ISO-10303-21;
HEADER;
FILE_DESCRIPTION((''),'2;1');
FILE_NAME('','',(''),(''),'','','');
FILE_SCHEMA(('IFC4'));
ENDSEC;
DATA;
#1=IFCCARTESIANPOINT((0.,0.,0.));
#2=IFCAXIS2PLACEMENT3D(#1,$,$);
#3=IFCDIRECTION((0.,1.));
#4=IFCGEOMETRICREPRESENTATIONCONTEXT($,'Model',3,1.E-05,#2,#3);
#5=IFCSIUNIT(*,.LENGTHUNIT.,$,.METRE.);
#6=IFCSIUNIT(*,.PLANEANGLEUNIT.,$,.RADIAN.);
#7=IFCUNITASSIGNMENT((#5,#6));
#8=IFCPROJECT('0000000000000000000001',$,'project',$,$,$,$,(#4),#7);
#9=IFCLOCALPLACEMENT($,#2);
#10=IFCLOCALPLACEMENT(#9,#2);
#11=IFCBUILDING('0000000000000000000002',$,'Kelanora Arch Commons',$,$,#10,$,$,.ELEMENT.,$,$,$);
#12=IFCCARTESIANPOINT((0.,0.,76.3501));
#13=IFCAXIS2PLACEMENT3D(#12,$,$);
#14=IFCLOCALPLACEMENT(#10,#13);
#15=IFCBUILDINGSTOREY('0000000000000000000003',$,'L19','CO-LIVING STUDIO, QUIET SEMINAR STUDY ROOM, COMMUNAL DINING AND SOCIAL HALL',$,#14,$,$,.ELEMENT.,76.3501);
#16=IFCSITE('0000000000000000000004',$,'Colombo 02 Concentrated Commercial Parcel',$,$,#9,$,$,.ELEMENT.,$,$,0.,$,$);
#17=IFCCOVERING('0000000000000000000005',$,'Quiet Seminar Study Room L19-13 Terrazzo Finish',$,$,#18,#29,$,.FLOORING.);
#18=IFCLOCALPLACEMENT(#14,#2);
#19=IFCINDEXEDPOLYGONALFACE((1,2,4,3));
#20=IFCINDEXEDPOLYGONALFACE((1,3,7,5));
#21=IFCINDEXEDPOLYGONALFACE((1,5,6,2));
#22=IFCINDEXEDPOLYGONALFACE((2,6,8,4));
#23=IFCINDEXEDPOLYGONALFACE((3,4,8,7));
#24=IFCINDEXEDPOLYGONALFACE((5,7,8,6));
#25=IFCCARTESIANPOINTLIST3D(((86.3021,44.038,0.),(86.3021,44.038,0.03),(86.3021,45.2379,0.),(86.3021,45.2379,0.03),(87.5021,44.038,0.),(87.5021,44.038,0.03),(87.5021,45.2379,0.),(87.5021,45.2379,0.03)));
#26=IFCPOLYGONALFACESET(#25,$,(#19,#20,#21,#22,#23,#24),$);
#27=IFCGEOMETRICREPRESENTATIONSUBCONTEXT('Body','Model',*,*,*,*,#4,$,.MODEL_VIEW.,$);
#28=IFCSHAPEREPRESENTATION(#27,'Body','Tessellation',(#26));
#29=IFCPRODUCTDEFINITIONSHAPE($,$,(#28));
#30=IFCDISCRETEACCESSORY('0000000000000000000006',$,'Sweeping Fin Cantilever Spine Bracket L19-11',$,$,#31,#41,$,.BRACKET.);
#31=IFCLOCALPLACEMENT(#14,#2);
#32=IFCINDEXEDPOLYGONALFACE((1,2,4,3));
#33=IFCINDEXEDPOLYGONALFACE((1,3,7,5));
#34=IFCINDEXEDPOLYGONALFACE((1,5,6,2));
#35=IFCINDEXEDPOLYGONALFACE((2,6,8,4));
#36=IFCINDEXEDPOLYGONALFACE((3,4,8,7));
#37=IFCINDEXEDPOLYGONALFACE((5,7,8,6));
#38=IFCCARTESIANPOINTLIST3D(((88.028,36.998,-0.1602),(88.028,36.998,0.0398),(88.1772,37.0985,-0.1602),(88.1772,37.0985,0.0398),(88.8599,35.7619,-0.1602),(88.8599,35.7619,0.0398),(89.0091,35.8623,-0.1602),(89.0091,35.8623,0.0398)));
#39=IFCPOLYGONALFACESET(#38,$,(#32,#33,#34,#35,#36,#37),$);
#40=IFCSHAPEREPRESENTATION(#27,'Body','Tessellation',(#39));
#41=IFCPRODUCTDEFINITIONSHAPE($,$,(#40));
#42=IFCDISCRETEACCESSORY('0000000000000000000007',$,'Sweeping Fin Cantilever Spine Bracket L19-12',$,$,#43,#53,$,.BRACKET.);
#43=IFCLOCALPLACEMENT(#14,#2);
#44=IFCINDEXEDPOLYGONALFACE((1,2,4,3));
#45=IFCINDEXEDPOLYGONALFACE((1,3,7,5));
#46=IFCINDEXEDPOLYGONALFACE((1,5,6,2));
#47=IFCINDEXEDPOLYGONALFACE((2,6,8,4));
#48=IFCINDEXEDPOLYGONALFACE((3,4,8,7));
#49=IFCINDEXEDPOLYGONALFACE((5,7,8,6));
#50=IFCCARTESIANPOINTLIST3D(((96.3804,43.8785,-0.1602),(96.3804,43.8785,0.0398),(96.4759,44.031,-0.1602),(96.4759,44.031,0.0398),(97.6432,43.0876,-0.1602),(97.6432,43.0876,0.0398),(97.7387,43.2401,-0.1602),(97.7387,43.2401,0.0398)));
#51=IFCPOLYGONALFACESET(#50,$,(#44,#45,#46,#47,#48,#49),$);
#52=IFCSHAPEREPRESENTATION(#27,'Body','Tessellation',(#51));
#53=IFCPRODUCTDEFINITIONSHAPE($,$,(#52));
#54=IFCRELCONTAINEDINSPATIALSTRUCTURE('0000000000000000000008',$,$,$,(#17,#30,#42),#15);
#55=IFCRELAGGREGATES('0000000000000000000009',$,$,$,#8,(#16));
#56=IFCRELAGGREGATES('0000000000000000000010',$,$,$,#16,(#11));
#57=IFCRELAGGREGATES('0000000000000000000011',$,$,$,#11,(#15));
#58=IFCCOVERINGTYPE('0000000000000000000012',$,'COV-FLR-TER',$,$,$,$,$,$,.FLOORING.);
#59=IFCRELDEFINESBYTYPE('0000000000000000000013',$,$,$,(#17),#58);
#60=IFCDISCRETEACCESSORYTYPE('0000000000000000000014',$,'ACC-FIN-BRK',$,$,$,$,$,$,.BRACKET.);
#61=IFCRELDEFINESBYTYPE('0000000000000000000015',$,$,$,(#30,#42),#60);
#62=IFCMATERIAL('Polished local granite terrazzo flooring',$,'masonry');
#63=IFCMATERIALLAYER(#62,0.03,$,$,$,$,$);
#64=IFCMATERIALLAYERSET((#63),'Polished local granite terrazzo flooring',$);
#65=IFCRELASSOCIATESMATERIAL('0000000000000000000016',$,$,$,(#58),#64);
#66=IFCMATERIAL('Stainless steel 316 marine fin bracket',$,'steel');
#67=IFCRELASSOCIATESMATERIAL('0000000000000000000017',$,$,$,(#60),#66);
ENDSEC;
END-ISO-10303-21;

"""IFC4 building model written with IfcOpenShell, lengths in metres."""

from ifc_helpers import new_model, si_unit, direction, frame, origin, origin_2d, place, context, subcontext, project, spatial, rectangle, extrude, source, transform, mapped, material, layer, layer_set, type_object, element, save


model = new_model("IFC4")

# Units and contexts
model_context = context("Model", 3, precision=1e-05, world=origin(), true_north=direction((0.0, 1.0)))
body_context = subcontext(model_context, "Body", "Model", "MODEL_VIEW")
ifc_project = project(units=[si_unit("LENGTHUNIT", "METRE"), si_unit("PLANEANGLEUNIT", "RADIAN")], contexts=[model_context])

# Site, building, storey
site_placement = place(None, origin())
site = spatial("IfcSite", under=ifc_project, at=site_placement, Name="Colombo 02 Concentrated Commercial Parcel", CompositionType="ELEMENT", RefElevation=0.0)
building_placement = place(site_placement, origin())
building = spatial("IfcBuilding", under=site, at=building_placement, Name="Kelanora Arch Commons", CompositionType="ELEMENT")
storey_placement = place(building_placement, frame((0.0, 0.0, 76.3501)))
storey = spatial("IfcBuildingStorey", under=building, at=storey_placement, Name="L19", Description="CO-LIVING STUDIO, QUIET SEMINAR STUDY ROOM, COMMUNAL DINING AND SOCIAL HALL", CompositionType="ELEMENT", Elevation=76.3501)

# Covering
ifc_material_1 = material(Name="Polished local granite terrazzo flooring", Category="masonry")
ifc_layer_1 = layer(ifc_material_1, 0.03)
ifc_layer_set_1 = layer_set([ifc_layer_1], Name="Polished local granite terrazzo flooring")
covering_type = type_object("IfcCoveringType", Name="COV-FLR-TER", PredefinedType="FLOORING", material=ifc_layer_set_1)
shared_shape_1 = source(origin(), body_context, "Body", "SweptSolid", [
    extrude(rectangle(XDim=1.2, YDim=1.2, at=origin_2d()), origin(), (0.0, 0.0, 1.0), 0.03),
])
covering_placement = place(storey_placement, frame((86.9021, 44.6379, 0.0), z_axis=(0.0, 0.0, 1.0), x_axis=(1.0, 0.0, 0.0)))
element("IfcCovering", 1, at=covering_placement, inside=storey, type_object=covering_type, Name="Quiet Seminar Study Room L19-13 Terrazzo Finish", PredefinedType="FLOORING", context=body_context, shape_type="MappedRepresentation", body=[
    mapped(shared_shape_1, transform((0.0, 0.0, 0.0), scale=1.0)),
])

# Discrete accessories
ifc_material_2 = material(Name="Stainless steel 316 marine fin bracket", Category="steel")
discrete_accessory_type = type_object("IfcDiscreteAccessoryType", Name="ACC-FIN-BRK", PredefinedType="BRACKET", material=ifc_material_2)
shared_shape_2 = source(origin(), body_context, "Body", "SweptSolid", [
    extrude(rectangle(XDim=1.49, YDim=0.1799, at=origin_2d()), origin(), (0.0, 0.0, 1.0), 0.2),
])
for number, where, z_axis, x_axis, name in (
    (2, (88.5186, 36.4302, -0.1602), (0.0, 0.0, 1.0), (0.558324, -0.829623, 0.0), "Sweeping Fin Cantilever Spine Bracket L19-11"),
    (3, (97.0596, 43.5593, -0.1602), (0.0, 0.0, 1.0), (0.847493, -0.530807, 0.0), "Sweeping Fin Cantilever Spine Bracket L19-12"),
):
    element("IfcDiscreteAccessory", number, at=place(storey_placement, frame(where, z_axis=z_axis, x_axis=x_axis)), inside=storey, type_object=discrete_accessory_type, Name=name, PredefinedType="BRACKET", context=body_context, shape_type="MappedRepresentation", body=[
        mapped(shared_shape_2, transform((0.0, 0.0, 0.0), scale=1.0)),
    ])

save(model, "model.ifc")
